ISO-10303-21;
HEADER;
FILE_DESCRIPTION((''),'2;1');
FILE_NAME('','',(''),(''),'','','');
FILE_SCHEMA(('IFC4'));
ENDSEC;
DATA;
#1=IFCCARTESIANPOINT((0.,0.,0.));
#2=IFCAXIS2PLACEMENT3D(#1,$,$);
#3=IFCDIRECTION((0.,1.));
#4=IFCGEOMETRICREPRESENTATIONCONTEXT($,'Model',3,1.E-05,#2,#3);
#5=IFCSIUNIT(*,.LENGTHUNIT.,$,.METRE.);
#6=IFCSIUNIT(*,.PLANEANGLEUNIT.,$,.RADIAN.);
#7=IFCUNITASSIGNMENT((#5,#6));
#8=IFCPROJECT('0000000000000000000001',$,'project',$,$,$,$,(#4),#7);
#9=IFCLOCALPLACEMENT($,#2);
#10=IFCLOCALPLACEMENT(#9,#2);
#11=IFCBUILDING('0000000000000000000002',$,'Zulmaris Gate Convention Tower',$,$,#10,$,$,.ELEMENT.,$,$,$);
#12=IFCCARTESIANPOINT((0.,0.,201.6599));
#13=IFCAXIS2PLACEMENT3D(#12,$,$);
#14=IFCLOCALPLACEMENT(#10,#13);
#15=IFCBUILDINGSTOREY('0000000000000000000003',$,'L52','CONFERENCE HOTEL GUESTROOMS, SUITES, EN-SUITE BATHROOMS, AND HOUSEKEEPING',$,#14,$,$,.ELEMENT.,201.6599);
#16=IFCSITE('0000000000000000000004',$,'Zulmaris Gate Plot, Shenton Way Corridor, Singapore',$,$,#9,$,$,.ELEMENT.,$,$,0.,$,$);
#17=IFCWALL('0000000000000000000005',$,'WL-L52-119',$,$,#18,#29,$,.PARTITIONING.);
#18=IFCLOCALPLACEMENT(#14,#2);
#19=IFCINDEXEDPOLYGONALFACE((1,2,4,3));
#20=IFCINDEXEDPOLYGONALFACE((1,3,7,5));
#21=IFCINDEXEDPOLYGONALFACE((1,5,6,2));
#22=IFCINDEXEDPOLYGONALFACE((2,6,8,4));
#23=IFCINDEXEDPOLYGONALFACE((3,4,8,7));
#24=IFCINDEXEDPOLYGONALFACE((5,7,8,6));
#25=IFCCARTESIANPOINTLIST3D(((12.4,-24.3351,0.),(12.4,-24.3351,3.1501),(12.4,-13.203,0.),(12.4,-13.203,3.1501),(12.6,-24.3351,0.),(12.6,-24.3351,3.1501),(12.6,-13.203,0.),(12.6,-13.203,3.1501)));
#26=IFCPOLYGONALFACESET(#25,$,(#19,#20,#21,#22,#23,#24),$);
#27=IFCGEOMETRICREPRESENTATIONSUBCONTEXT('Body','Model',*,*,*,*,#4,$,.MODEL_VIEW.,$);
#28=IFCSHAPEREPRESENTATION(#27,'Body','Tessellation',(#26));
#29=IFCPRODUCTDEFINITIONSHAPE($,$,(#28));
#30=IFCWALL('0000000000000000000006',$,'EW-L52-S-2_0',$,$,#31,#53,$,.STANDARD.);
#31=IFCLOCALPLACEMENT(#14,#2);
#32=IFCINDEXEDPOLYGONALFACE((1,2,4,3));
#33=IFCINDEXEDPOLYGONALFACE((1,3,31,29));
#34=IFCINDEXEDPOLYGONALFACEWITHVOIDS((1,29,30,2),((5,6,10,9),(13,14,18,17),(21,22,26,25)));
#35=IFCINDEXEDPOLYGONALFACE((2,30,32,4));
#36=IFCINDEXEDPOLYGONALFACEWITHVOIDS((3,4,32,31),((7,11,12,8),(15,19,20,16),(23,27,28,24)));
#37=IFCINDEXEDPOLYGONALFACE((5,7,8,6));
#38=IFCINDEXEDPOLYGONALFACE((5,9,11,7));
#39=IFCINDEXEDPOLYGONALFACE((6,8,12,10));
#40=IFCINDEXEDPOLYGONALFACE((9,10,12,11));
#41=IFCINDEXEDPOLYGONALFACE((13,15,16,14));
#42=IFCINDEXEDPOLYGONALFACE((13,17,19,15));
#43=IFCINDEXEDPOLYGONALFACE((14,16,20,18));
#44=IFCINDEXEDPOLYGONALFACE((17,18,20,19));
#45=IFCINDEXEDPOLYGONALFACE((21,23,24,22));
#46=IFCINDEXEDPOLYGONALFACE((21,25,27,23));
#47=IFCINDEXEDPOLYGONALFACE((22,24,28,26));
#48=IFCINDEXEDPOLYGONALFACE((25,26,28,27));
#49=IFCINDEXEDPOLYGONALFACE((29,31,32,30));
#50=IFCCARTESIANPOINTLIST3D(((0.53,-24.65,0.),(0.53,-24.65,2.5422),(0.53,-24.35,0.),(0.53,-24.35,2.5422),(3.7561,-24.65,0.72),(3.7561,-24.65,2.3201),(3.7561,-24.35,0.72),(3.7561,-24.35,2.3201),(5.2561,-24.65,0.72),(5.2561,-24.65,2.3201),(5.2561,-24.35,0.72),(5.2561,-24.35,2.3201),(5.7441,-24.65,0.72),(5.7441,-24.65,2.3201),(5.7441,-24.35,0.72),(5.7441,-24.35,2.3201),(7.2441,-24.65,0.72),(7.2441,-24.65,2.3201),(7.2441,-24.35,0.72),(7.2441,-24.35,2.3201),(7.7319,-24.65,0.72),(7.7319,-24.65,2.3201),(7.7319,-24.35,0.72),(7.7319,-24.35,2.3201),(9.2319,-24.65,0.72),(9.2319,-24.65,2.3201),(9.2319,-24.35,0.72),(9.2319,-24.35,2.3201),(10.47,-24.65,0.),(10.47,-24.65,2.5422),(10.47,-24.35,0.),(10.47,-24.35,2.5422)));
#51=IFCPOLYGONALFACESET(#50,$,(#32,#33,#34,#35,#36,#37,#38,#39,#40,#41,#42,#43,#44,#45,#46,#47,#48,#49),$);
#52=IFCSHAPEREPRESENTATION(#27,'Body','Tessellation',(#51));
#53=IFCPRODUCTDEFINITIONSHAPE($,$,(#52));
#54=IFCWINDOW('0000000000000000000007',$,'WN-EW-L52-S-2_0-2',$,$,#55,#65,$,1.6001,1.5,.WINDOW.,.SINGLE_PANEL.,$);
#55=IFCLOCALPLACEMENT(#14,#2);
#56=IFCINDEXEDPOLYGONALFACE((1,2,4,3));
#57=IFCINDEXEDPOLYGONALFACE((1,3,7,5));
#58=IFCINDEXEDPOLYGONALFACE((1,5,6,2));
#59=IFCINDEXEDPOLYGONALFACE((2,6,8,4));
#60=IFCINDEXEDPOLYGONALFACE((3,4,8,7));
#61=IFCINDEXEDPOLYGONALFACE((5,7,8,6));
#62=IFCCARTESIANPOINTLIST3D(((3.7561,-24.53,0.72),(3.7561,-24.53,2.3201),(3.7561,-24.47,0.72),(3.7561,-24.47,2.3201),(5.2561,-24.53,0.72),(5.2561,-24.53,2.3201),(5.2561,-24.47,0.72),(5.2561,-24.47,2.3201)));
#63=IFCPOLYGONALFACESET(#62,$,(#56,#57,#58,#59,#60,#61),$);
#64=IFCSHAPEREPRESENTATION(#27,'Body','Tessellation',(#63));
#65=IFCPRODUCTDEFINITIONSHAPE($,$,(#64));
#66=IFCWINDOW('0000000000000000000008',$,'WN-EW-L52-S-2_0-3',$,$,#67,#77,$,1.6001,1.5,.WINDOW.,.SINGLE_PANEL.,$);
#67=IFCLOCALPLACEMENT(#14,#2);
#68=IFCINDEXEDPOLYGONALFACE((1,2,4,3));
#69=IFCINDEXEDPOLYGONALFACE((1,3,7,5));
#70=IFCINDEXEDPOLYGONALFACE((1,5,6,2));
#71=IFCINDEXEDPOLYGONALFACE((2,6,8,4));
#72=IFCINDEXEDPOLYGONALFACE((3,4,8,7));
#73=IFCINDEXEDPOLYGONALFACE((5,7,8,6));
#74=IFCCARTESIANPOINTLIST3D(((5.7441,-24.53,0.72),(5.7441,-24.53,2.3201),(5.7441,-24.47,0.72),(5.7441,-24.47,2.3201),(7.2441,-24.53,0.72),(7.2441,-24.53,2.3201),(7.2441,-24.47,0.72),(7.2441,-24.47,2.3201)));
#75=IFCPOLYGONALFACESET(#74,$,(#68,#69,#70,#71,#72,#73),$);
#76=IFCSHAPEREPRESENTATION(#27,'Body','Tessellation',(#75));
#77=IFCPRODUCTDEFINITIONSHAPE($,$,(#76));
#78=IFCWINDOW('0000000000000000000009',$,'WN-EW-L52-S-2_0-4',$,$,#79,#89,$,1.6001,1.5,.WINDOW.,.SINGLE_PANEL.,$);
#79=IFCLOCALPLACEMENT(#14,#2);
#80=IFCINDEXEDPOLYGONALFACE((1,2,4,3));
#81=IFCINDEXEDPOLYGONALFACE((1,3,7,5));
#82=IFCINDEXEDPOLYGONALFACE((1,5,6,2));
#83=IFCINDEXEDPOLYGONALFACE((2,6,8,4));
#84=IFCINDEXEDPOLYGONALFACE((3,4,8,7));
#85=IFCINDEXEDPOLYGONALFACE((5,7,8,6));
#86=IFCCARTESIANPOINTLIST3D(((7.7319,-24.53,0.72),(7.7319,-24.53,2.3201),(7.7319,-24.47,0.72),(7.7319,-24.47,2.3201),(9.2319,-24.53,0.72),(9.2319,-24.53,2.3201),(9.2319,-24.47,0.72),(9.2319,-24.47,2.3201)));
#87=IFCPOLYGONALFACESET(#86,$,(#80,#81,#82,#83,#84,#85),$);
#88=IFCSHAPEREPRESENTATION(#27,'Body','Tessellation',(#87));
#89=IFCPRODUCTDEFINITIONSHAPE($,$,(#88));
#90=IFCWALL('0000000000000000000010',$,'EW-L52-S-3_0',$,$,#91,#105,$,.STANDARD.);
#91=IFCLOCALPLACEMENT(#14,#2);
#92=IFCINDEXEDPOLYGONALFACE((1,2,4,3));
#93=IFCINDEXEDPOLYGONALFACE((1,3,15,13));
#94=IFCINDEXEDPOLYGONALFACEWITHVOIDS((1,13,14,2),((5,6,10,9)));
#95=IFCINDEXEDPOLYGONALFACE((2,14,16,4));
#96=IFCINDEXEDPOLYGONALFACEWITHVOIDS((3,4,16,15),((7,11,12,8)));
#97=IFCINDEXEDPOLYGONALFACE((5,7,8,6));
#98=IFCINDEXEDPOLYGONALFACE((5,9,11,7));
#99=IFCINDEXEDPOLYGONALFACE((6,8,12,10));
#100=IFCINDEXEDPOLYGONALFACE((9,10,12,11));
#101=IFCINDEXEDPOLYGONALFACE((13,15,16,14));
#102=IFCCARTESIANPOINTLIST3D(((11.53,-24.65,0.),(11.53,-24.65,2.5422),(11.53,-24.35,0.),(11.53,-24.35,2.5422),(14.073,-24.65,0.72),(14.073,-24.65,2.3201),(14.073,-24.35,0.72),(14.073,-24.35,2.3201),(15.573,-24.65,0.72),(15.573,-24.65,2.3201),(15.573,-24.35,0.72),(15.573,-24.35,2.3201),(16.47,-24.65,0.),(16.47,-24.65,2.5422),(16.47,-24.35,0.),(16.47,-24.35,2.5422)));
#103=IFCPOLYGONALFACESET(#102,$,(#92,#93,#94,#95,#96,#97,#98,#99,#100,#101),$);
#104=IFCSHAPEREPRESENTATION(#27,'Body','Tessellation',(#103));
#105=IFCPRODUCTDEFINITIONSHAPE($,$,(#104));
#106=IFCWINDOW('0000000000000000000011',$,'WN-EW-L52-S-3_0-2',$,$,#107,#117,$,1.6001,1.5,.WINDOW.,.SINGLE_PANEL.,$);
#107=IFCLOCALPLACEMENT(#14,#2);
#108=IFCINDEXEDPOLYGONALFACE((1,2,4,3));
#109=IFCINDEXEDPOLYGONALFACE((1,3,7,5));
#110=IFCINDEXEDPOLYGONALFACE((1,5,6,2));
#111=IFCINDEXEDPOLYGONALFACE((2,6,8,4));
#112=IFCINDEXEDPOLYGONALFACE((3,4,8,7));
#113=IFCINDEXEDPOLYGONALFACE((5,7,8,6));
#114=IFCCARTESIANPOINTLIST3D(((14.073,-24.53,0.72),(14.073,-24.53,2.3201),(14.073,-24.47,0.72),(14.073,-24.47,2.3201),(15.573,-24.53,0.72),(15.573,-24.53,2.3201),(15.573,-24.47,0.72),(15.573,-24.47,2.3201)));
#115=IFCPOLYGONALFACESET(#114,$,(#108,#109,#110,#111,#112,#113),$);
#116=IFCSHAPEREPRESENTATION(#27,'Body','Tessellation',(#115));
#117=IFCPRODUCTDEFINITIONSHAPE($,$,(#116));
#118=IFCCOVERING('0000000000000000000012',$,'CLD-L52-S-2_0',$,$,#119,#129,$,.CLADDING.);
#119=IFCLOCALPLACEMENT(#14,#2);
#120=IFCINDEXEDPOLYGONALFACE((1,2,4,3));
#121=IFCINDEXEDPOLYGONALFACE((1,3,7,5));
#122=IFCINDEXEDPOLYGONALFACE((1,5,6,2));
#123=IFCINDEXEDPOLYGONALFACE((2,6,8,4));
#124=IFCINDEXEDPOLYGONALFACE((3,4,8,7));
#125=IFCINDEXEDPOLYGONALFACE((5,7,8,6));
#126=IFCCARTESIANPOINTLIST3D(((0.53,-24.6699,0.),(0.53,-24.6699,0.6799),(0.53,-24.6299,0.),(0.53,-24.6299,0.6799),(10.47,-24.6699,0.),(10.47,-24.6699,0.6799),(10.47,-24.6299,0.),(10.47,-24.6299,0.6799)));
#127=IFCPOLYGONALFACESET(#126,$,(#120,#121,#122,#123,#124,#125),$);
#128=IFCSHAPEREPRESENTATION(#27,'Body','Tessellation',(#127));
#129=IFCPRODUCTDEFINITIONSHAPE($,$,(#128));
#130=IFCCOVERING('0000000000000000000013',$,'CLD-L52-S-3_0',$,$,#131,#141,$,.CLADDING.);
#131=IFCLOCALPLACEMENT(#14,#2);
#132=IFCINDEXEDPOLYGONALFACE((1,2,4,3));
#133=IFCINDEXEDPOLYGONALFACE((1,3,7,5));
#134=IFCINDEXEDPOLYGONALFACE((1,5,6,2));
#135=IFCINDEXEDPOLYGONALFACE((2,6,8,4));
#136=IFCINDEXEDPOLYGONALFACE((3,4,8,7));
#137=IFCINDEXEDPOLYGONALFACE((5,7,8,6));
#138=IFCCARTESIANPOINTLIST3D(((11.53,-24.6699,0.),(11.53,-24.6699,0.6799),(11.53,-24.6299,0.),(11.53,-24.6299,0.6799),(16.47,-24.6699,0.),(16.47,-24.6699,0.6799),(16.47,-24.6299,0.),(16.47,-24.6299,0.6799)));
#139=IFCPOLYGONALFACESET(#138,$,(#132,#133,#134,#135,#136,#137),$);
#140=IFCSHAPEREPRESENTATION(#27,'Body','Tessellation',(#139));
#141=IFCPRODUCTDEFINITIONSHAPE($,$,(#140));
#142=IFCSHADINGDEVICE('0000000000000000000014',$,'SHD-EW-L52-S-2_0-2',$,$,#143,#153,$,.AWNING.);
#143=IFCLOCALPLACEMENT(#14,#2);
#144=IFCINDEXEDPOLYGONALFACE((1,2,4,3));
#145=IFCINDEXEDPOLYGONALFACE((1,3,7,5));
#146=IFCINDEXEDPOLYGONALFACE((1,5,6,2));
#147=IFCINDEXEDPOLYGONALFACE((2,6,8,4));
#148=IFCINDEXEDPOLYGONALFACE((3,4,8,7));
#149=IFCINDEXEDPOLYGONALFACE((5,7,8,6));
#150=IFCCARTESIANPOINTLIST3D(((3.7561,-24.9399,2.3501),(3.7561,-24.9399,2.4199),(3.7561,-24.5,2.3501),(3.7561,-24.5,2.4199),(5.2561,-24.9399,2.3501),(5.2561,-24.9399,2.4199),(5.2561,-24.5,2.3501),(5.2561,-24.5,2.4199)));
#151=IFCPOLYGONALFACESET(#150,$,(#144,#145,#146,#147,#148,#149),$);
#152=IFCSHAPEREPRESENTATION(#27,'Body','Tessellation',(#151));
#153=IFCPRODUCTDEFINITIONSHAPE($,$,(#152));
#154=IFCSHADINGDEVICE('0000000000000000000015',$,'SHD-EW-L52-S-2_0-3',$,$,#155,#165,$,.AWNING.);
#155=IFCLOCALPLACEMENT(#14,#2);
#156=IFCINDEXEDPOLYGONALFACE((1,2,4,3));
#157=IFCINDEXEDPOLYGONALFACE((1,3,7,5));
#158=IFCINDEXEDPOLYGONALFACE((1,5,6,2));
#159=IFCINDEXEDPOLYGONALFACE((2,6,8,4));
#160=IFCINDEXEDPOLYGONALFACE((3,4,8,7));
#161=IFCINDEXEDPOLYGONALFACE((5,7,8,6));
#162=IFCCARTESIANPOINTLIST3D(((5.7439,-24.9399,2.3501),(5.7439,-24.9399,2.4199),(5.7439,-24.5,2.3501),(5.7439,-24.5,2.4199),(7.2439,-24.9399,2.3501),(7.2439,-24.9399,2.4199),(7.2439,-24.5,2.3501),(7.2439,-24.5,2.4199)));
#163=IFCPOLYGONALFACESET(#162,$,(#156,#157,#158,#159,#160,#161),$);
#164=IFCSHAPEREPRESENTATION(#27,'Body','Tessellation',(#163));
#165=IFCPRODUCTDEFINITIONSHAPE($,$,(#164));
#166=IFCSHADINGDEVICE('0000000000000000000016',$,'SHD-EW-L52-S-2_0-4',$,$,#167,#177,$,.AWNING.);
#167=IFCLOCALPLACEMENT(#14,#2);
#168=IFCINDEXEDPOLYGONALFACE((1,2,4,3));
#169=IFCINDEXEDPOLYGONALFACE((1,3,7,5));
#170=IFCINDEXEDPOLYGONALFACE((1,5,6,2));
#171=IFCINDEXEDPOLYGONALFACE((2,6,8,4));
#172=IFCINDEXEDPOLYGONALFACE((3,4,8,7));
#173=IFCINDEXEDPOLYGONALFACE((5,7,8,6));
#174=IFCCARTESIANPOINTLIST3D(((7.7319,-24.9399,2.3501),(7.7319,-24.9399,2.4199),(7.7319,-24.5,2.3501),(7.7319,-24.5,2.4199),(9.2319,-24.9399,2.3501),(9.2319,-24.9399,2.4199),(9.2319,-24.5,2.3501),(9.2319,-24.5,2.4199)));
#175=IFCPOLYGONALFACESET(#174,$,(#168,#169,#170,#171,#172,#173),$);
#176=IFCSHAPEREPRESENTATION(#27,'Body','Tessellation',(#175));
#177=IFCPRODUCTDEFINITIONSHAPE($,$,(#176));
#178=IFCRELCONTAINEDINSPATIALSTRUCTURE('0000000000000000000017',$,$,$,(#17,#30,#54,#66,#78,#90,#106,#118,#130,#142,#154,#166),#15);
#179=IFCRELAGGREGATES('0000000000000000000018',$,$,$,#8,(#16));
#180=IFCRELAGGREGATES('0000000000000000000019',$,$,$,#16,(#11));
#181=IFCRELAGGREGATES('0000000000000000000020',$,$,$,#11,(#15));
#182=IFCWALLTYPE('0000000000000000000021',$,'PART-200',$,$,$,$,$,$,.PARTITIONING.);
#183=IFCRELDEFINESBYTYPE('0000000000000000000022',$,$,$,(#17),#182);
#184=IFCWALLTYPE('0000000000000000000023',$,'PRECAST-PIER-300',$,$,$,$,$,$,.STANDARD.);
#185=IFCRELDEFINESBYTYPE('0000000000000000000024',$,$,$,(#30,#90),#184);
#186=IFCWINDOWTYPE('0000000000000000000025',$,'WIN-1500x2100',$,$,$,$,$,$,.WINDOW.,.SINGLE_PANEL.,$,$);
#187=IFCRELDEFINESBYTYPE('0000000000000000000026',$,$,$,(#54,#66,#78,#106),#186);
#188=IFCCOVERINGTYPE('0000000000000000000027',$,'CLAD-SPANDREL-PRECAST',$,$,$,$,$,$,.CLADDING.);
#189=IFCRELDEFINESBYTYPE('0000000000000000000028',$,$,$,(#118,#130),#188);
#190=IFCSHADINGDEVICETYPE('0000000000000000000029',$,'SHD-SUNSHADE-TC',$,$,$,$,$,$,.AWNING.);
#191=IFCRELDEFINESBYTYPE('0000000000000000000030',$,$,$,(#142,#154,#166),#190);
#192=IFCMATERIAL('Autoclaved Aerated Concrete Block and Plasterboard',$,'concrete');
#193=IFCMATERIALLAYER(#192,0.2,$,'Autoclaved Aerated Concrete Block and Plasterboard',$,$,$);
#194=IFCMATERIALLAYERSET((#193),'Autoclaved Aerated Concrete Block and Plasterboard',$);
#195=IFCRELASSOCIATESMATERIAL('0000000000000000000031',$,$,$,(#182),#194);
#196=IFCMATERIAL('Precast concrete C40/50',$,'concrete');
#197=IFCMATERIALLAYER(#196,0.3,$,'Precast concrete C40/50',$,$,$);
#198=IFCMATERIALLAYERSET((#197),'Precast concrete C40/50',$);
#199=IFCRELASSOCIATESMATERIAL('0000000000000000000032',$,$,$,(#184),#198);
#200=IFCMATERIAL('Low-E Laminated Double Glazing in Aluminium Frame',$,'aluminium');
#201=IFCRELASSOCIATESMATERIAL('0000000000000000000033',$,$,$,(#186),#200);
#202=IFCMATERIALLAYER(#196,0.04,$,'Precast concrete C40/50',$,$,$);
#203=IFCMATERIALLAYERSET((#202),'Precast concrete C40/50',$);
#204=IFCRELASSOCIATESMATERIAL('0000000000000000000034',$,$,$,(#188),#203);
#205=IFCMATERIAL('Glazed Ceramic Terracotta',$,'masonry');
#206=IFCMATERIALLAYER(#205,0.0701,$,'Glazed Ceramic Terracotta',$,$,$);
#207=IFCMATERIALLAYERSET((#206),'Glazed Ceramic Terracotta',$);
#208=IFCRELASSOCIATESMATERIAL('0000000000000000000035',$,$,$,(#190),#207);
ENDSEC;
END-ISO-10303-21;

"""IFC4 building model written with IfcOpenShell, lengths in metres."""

from ifc_helpers import new_model, si_unit, direction, frame, frame_2d, origin, place, context, subcontext, project, spatial, rectangle, extrude, material, layer, layer_set, type_object, element, fill, save


model = new_model("IFC4")

# Units and contexts
model_context = context("Model", 3, precision=1e-05, world=origin(), true_north=direction((0.0, 1.0)))
body_context = subcontext(model_context, "Body", "Model", "MODEL_VIEW")
ifc_project = project(units=[si_unit("LENGTHUNIT", "METRE"), si_unit("PLANEANGLEUNIT", "RADIAN")], contexts=[model_context])

# Site, building, storey
site_placement = place(None, origin())
site = spatial("IfcSite", under=ifc_project, at=site_placement, Name="Zulmaris Gate Plot, Shenton Way Corridor, Singapore", CompositionType="ELEMENT", RefElevation=0.0)
building_placement = place(site_placement, origin())
building = spatial("IfcBuilding", under=site, at=building_placement, Name="Zulmaris Gate Convention Tower", CompositionType="ELEMENT")
storey_placement = place(building_placement, frame((0.0, 0.0, 201.6599)))
storey = spatial("IfcBuildingStorey", under=building, at=storey_placement, Name="L52", Description="CONFERENCE HOTEL GUESTROOMS, SUITES, EN-SUITE BATHROOMS, AND HOUSEKEEPING", CompositionType="ELEMENT", Elevation=201.6599)

# Wall
ifc_material_1 = material(Name="Autoclaved Aerated Concrete Block and Plasterboard", Category="concrete")
ifc_layer_1 = layer(ifc_material_1, 0.2, Name="Autoclaved Aerated Concrete Block and Plasterboard")
ifc_layer_set_1 = layer_set([ifc_layer_1], Name="Autoclaved Aerated Concrete Block and Plasterboard")
wall_type_1 = type_object("IfcWallType", Name="PART-200", PredefinedType="PARTITIONING", material=ifc_layer_set_1)
wall_1_placement = place(storey_placement, frame((12.5, -24.335, 0.0), z_axis=(0.0, 0.0, 1.0), x_axis=(0.0, 1.0, 0.0)))
element("IfcWall", 1, at=wall_1_placement, inside=storey, type_object=wall_type_1, Name="WL-L52-119", PredefinedType="PARTITIONING", context=body_context, shape_type="SweptSolid", body=[
    extrude(rectangle(XDim=11.1321, YDim=0.2, at=frame_2d((5.5659, 0.0))), origin(), (0.0, 0.0, 1.0), 3.1501),
])

# Wall, openings, windows
ifc_material_2 = material(Name="Precast concrete C40/50", Category="concrete")
ifc_layer_2 = layer(ifc_material_2, 0.3, Name="Precast concrete C40/50")
ifc_layer_set_2 = layer_set([ifc_layer_2], Name="Precast concrete C40/50")
wall_type_2 = type_object("IfcWallType", Name="PRECAST-PIER-300", PredefinedType="STANDARD", material=ifc_layer_set_2)
wall_2_placement = place(storey_placement, frame((0.53, -24.5, 0.0), z_axis=(0.0, 0.0, 1.0), x_axis=(1.0, 0.0, 0.0)))
wall_2 = element("IfcWall", 2, at=wall_2_placement, inside=storey, type_object=wall_type_2, Name="EW-L52-S-2_0", PredefinedType="STANDARD", context=body_context, shape_type="SweptSolid", body=[
    extrude(rectangle(XDim=9.9399, YDim=0.3, at=frame_2d((4.97, 0.0))), origin(), (0.0, 0.0, 1.0), 2.5422),
])
opening_1_placement = place(wall_2_placement, frame((3.2261, 0.0, 0.72)))
opening_1 = element("IfcOpeningElement", 3, at=opening_1_placement, cuts=wall_2, PredefinedType="OPENING", context=body_context, shape_type="SweptSolid", body=[
    extrude(rectangle(XDim=1.5, YDim=1.6001, at=frame_2d((0.75, 0.8))), frame((0.0, 0.1602, 0.0), z_axis=(0.0, -1.0, 0.0), x_axis=(1.0, 0.0, 0.0)), (0.0, 0.0, 1.0), 0.3201),
])
opening_2_placement = place(wall_2_placement, frame((5.2141, 0.0, 0.72)))
opening_2 = element("IfcOpeningElement", 4, at=opening_2_placement, cuts=wall_2, PredefinedType="OPENING", context=body_context, shape_type="SweptSolid", body=[
    extrude(rectangle(XDim=1.5, YDim=1.6001, at=frame_2d((0.75, 0.8))), frame((0.0, 0.1602, 0.0), z_axis=(0.0, -1.0, 0.0), x_axis=(1.0, 0.0, 0.0)), (0.0, 0.0, 1.0), 0.3201),
])
opening_3_placement = place(wall_2_placement, frame((7.2019, 0.0, 0.72)))
opening_3 = element("IfcOpeningElement", 5, at=opening_3_placement, cuts=wall_2, PredefinedType="OPENING", context=body_context, shape_type="SweptSolid", body=[
    extrude(rectangle(XDim=1.5, YDim=1.6001, at=frame_2d((0.75, 0.8))), frame((0.0, 0.1602, 0.0), z_axis=(0.0, -1.0, 0.0), x_axis=(1.0, 0.0, 0.0)), (0.0, 0.0, 1.0), 0.3201),
])
ifc_material_3 = material(Name="Low-E Laminated Double Glazing in Aluminium Frame", Category="aluminium")
window_type = type_object("IfcWindowType", Name="WIN-1500x2100", PartitioningType="SINGLE_PANEL", PredefinedType="WINDOW", material=ifc_material_3)
window_1_placement = place(opening_1_placement, origin())
window_1 = element("IfcWindow", 6, at=window_1_placement, inside=storey, type_object=window_type, Name="WN-EW-L52-S-2_0-2", OverallHeight=1.6001, OverallWidth=1.5, PartitioningType="SINGLE_PANEL", PredefinedType="WINDOW", context=body_context, shape_type="SweptSolid", body=[
    extrude(rectangle(XDim=1.5, YDim=1.6001, at=frame_2d((0.75, 0.8))), frame((0.0, 0.03, 0.0), z_axis=(0.0, -1.0, 0.0), x_axis=(1.0, 0.0, 0.0)), (0.0, 0.0, 1.0), 0.0601),
])
fill(opening_1, window_1)
window_2_placement = place(opening_2_placement, origin())
window_2 = element("IfcWindow", 7, at=window_2_placement, inside=storey, type_object=window_type, Name="WN-EW-L52-S-2_0-3", OverallHeight=1.6001, OverallWidth=1.5, PartitioningType="SINGLE_PANEL", PredefinedType="WINDOW", context=body_context, shape_type="SweptSolid", body=[
    extrude(rectangle(XDim=1.5, YDim=1.6001, at=frame_2d((0.75, 0.8))), frame((0.0, 0.03, 0.0), z_axis=(0.0, -1.0, 0.0), x_axis=(1.0, 0.0, 0.0)), (0.0, 0.0, 1.0), 0.0601),
])
fill(opening_2, window_2)
window_3_placement = place(opening_3_placement, origin())
window_3 = element("IfcWindow", 8, at=window_3_placement, inside=storey, type_object=window_type, Name="WN-EW-L52-S-2_0-4", OverallHeight=1.6001, OverallWidth=1.5, PartitioningType="SINGLE_PANEL", PredefinedType="WINDOW", context=body_context, shape_type="SweptSolid", body=[
    extrude(rectangle(XDim=1.5, YDim=1.6001, at=frame_2d((0.75, 0.8))), frame((0.0, 0.03, 0.0), z_axis=(0.0, -1.0, 0.0), x_axis=(1.0, 0.0, 0.0)), (0.0, 0.0, 1.0), 0.0601),
])
fill(opening_3, window_3)

# Wall, opening, window
wall_3_placement = place(storey_placement, frame((11.53, -24.5, 0.0), z_axis=(0.0, 0.0, 1.0), x_axis=(1.0, 0.0, 0.0)))
wall_3 = element("IfcWall", 9, at=wall_3_placement, inside=storey, type_object=wall_type_2, Name="EW-L52-S-3_0", PredefinedType="STANDARD", context=body_context, shape_type="SweptSolid", body=[
    extrude(rectangle(XDim=4.9399, YDim=0.3, at=frame_2d((2.47, 0.0))), origin(), (0.0, 0.0, 1.0), 2.5422),
])
opening_4_placement = place(wall_3_placement, frame((2.543, 0.0, 0.72)))
opening_4 = element("IfcOpeningElement", 10, at=opening_4_placement, cuts=wall_3, PredefinedType="OPENING", context=body_context, shape_type="SweptSolid", body=[
    extrude(rectangle(XDim=1.5, YDim=1.6001, at=frame_2d((0.75, 0.8))), frame((0.0, 0.1602, 0.0), z_axis=(0.0, -1.0, 0.0), x_axis=(1.0, 0.0, 0.0)), (0.0, 0.0, 1.0), 0.3201),
])
window_4_placement = place(opening_4_placement, origin())
window_4 = element("IfcWindow", 11, at=window_4_placement, inside=storey, type_object=window_type, Name="WN-EW-L52-S-3_0-2", OverallHeight=1.6001, OverallWidth=1.5, PartitioningType="SINGLE_PANEL", PredefinedType="WINDOW", context=body_context, shape_type="SweptSolid", body=[
    extrude(rectangle(XDim=1.5, YDim=1.6001, at=frame_2d((0.75, 0.8))), frame((0.0, 0.03, 0.0), z_axis=(0.0, -1.0, 0.0), x_axis=(1.0, 0.0, 0.0)), (0.0, 0.0, 1.0), 0.0601),
])
fill(opening_4, window_4)

# Coverings
ifc_layer_3 = layer(ifc_material_2, 0.04, Name="Precast concrete C40/50")
ifc_layer_set_3 = layer_set([ifc_layer_3], Name="Precast concrete C40/50")
covering_type = type_object("IfcCoveringType", Name="CLAD-SPANDREL-PRECAST", PredefinedType="CLADDING", material=ifc_layer_set_3)
covering_1_placement = place(storey_placement, frame((0.53, -24.6499, 0.0), z_axis=(0.0, 0.0, 1.0), x_axis=(1.0, 0.0, 0.0)))
element("IfcCovering", 12, at=covering_1_placement, inside=storey, type_object=covering_type, Name="CLD-L52-S-2_0", PredefinedType="CLADDING", context=body_context, shape_type="SweptSolid", body=[
    extrude(rectangle(XDim=9.9399, YDim=0.04, at=frame_2d((4.97, 0.0))), origin(), (0.0, 0.0, 1.0), 0.6799),
])
covering_2_placement = place(storey_placement, frame((11.53, -24.6499, 0.0), z_axis=(0.0, 0.0, 1.0), x_axis=(1.0, 0.0, 0.0)))
element("IfcCovering", 13, at=covering_2_placement, inside=storey, type_object=covering_type, Name="CLD-L52-S-3_0", PredefinedType="CLADDING", context=body_context, shape_type="SweptSolid", body=[
    extrude(rectangle(XDim=4.9399, YDim=0.04, at=frame_2d((2.47, 0.0))), origin(), (0.0, 0.0, 1.0), 0.6799),
])

# Shading devices
ifc_material_4 = material(Name="Glazed Ceramic Terracotta", Category="masonry")
ifc_layer_4 = layer(ifc_material_4, 0.0701, Name="Glazed Ceramic Terracotta")
ifc_layer_set_4 = layer_set([ifc_layer_4], Name="Glazed Ceramic Terracotta")
shading_device_type = type_object("IfcShadingDeviceType", Name="SHD-SUNSHADE-TC", PredefinedType="AWNING", material=ifc_layer_set_4)
for number, where, z_axis, x_axis, name in (
    (14, (3.7561, -24.72, 2.3501), (0.0, 0.0, 1.0), (1.0, 0.0, 0.0), "SHD-EW-L52-S-2_0-2"),
    (15, (5.7439, -24.72, 2.3501), (0.0, 0.0, 1.0), (1.0, 0.0, 0.0), "SHD-EW-L52-S-2_0-3"),
    (16, (7.7319, -24.72, 2.3501), (0.0, 0.0, 1.0), (1.0, 0.0, 0.0), "SHD-EW-L52-S-2_0-4"),
):
    element("IfcShadingDevice", number, at=place(storey_placement, frame(where, z_axis=z_axis, x_axis=x_axis)), inside=storey, type_object=shading_device_type, Name=name, PredefinedType="AWNING", context=body_context, shape_type="SweptSolid", body=[
        extrude(rectangle(XDim=1.5, YDim=0.4399, at=frame_2d((0.75, 0.0))), origin(), (0.0, 0.0, 1.0), 0.0698),
    ])

save(model, "model.ifc")
